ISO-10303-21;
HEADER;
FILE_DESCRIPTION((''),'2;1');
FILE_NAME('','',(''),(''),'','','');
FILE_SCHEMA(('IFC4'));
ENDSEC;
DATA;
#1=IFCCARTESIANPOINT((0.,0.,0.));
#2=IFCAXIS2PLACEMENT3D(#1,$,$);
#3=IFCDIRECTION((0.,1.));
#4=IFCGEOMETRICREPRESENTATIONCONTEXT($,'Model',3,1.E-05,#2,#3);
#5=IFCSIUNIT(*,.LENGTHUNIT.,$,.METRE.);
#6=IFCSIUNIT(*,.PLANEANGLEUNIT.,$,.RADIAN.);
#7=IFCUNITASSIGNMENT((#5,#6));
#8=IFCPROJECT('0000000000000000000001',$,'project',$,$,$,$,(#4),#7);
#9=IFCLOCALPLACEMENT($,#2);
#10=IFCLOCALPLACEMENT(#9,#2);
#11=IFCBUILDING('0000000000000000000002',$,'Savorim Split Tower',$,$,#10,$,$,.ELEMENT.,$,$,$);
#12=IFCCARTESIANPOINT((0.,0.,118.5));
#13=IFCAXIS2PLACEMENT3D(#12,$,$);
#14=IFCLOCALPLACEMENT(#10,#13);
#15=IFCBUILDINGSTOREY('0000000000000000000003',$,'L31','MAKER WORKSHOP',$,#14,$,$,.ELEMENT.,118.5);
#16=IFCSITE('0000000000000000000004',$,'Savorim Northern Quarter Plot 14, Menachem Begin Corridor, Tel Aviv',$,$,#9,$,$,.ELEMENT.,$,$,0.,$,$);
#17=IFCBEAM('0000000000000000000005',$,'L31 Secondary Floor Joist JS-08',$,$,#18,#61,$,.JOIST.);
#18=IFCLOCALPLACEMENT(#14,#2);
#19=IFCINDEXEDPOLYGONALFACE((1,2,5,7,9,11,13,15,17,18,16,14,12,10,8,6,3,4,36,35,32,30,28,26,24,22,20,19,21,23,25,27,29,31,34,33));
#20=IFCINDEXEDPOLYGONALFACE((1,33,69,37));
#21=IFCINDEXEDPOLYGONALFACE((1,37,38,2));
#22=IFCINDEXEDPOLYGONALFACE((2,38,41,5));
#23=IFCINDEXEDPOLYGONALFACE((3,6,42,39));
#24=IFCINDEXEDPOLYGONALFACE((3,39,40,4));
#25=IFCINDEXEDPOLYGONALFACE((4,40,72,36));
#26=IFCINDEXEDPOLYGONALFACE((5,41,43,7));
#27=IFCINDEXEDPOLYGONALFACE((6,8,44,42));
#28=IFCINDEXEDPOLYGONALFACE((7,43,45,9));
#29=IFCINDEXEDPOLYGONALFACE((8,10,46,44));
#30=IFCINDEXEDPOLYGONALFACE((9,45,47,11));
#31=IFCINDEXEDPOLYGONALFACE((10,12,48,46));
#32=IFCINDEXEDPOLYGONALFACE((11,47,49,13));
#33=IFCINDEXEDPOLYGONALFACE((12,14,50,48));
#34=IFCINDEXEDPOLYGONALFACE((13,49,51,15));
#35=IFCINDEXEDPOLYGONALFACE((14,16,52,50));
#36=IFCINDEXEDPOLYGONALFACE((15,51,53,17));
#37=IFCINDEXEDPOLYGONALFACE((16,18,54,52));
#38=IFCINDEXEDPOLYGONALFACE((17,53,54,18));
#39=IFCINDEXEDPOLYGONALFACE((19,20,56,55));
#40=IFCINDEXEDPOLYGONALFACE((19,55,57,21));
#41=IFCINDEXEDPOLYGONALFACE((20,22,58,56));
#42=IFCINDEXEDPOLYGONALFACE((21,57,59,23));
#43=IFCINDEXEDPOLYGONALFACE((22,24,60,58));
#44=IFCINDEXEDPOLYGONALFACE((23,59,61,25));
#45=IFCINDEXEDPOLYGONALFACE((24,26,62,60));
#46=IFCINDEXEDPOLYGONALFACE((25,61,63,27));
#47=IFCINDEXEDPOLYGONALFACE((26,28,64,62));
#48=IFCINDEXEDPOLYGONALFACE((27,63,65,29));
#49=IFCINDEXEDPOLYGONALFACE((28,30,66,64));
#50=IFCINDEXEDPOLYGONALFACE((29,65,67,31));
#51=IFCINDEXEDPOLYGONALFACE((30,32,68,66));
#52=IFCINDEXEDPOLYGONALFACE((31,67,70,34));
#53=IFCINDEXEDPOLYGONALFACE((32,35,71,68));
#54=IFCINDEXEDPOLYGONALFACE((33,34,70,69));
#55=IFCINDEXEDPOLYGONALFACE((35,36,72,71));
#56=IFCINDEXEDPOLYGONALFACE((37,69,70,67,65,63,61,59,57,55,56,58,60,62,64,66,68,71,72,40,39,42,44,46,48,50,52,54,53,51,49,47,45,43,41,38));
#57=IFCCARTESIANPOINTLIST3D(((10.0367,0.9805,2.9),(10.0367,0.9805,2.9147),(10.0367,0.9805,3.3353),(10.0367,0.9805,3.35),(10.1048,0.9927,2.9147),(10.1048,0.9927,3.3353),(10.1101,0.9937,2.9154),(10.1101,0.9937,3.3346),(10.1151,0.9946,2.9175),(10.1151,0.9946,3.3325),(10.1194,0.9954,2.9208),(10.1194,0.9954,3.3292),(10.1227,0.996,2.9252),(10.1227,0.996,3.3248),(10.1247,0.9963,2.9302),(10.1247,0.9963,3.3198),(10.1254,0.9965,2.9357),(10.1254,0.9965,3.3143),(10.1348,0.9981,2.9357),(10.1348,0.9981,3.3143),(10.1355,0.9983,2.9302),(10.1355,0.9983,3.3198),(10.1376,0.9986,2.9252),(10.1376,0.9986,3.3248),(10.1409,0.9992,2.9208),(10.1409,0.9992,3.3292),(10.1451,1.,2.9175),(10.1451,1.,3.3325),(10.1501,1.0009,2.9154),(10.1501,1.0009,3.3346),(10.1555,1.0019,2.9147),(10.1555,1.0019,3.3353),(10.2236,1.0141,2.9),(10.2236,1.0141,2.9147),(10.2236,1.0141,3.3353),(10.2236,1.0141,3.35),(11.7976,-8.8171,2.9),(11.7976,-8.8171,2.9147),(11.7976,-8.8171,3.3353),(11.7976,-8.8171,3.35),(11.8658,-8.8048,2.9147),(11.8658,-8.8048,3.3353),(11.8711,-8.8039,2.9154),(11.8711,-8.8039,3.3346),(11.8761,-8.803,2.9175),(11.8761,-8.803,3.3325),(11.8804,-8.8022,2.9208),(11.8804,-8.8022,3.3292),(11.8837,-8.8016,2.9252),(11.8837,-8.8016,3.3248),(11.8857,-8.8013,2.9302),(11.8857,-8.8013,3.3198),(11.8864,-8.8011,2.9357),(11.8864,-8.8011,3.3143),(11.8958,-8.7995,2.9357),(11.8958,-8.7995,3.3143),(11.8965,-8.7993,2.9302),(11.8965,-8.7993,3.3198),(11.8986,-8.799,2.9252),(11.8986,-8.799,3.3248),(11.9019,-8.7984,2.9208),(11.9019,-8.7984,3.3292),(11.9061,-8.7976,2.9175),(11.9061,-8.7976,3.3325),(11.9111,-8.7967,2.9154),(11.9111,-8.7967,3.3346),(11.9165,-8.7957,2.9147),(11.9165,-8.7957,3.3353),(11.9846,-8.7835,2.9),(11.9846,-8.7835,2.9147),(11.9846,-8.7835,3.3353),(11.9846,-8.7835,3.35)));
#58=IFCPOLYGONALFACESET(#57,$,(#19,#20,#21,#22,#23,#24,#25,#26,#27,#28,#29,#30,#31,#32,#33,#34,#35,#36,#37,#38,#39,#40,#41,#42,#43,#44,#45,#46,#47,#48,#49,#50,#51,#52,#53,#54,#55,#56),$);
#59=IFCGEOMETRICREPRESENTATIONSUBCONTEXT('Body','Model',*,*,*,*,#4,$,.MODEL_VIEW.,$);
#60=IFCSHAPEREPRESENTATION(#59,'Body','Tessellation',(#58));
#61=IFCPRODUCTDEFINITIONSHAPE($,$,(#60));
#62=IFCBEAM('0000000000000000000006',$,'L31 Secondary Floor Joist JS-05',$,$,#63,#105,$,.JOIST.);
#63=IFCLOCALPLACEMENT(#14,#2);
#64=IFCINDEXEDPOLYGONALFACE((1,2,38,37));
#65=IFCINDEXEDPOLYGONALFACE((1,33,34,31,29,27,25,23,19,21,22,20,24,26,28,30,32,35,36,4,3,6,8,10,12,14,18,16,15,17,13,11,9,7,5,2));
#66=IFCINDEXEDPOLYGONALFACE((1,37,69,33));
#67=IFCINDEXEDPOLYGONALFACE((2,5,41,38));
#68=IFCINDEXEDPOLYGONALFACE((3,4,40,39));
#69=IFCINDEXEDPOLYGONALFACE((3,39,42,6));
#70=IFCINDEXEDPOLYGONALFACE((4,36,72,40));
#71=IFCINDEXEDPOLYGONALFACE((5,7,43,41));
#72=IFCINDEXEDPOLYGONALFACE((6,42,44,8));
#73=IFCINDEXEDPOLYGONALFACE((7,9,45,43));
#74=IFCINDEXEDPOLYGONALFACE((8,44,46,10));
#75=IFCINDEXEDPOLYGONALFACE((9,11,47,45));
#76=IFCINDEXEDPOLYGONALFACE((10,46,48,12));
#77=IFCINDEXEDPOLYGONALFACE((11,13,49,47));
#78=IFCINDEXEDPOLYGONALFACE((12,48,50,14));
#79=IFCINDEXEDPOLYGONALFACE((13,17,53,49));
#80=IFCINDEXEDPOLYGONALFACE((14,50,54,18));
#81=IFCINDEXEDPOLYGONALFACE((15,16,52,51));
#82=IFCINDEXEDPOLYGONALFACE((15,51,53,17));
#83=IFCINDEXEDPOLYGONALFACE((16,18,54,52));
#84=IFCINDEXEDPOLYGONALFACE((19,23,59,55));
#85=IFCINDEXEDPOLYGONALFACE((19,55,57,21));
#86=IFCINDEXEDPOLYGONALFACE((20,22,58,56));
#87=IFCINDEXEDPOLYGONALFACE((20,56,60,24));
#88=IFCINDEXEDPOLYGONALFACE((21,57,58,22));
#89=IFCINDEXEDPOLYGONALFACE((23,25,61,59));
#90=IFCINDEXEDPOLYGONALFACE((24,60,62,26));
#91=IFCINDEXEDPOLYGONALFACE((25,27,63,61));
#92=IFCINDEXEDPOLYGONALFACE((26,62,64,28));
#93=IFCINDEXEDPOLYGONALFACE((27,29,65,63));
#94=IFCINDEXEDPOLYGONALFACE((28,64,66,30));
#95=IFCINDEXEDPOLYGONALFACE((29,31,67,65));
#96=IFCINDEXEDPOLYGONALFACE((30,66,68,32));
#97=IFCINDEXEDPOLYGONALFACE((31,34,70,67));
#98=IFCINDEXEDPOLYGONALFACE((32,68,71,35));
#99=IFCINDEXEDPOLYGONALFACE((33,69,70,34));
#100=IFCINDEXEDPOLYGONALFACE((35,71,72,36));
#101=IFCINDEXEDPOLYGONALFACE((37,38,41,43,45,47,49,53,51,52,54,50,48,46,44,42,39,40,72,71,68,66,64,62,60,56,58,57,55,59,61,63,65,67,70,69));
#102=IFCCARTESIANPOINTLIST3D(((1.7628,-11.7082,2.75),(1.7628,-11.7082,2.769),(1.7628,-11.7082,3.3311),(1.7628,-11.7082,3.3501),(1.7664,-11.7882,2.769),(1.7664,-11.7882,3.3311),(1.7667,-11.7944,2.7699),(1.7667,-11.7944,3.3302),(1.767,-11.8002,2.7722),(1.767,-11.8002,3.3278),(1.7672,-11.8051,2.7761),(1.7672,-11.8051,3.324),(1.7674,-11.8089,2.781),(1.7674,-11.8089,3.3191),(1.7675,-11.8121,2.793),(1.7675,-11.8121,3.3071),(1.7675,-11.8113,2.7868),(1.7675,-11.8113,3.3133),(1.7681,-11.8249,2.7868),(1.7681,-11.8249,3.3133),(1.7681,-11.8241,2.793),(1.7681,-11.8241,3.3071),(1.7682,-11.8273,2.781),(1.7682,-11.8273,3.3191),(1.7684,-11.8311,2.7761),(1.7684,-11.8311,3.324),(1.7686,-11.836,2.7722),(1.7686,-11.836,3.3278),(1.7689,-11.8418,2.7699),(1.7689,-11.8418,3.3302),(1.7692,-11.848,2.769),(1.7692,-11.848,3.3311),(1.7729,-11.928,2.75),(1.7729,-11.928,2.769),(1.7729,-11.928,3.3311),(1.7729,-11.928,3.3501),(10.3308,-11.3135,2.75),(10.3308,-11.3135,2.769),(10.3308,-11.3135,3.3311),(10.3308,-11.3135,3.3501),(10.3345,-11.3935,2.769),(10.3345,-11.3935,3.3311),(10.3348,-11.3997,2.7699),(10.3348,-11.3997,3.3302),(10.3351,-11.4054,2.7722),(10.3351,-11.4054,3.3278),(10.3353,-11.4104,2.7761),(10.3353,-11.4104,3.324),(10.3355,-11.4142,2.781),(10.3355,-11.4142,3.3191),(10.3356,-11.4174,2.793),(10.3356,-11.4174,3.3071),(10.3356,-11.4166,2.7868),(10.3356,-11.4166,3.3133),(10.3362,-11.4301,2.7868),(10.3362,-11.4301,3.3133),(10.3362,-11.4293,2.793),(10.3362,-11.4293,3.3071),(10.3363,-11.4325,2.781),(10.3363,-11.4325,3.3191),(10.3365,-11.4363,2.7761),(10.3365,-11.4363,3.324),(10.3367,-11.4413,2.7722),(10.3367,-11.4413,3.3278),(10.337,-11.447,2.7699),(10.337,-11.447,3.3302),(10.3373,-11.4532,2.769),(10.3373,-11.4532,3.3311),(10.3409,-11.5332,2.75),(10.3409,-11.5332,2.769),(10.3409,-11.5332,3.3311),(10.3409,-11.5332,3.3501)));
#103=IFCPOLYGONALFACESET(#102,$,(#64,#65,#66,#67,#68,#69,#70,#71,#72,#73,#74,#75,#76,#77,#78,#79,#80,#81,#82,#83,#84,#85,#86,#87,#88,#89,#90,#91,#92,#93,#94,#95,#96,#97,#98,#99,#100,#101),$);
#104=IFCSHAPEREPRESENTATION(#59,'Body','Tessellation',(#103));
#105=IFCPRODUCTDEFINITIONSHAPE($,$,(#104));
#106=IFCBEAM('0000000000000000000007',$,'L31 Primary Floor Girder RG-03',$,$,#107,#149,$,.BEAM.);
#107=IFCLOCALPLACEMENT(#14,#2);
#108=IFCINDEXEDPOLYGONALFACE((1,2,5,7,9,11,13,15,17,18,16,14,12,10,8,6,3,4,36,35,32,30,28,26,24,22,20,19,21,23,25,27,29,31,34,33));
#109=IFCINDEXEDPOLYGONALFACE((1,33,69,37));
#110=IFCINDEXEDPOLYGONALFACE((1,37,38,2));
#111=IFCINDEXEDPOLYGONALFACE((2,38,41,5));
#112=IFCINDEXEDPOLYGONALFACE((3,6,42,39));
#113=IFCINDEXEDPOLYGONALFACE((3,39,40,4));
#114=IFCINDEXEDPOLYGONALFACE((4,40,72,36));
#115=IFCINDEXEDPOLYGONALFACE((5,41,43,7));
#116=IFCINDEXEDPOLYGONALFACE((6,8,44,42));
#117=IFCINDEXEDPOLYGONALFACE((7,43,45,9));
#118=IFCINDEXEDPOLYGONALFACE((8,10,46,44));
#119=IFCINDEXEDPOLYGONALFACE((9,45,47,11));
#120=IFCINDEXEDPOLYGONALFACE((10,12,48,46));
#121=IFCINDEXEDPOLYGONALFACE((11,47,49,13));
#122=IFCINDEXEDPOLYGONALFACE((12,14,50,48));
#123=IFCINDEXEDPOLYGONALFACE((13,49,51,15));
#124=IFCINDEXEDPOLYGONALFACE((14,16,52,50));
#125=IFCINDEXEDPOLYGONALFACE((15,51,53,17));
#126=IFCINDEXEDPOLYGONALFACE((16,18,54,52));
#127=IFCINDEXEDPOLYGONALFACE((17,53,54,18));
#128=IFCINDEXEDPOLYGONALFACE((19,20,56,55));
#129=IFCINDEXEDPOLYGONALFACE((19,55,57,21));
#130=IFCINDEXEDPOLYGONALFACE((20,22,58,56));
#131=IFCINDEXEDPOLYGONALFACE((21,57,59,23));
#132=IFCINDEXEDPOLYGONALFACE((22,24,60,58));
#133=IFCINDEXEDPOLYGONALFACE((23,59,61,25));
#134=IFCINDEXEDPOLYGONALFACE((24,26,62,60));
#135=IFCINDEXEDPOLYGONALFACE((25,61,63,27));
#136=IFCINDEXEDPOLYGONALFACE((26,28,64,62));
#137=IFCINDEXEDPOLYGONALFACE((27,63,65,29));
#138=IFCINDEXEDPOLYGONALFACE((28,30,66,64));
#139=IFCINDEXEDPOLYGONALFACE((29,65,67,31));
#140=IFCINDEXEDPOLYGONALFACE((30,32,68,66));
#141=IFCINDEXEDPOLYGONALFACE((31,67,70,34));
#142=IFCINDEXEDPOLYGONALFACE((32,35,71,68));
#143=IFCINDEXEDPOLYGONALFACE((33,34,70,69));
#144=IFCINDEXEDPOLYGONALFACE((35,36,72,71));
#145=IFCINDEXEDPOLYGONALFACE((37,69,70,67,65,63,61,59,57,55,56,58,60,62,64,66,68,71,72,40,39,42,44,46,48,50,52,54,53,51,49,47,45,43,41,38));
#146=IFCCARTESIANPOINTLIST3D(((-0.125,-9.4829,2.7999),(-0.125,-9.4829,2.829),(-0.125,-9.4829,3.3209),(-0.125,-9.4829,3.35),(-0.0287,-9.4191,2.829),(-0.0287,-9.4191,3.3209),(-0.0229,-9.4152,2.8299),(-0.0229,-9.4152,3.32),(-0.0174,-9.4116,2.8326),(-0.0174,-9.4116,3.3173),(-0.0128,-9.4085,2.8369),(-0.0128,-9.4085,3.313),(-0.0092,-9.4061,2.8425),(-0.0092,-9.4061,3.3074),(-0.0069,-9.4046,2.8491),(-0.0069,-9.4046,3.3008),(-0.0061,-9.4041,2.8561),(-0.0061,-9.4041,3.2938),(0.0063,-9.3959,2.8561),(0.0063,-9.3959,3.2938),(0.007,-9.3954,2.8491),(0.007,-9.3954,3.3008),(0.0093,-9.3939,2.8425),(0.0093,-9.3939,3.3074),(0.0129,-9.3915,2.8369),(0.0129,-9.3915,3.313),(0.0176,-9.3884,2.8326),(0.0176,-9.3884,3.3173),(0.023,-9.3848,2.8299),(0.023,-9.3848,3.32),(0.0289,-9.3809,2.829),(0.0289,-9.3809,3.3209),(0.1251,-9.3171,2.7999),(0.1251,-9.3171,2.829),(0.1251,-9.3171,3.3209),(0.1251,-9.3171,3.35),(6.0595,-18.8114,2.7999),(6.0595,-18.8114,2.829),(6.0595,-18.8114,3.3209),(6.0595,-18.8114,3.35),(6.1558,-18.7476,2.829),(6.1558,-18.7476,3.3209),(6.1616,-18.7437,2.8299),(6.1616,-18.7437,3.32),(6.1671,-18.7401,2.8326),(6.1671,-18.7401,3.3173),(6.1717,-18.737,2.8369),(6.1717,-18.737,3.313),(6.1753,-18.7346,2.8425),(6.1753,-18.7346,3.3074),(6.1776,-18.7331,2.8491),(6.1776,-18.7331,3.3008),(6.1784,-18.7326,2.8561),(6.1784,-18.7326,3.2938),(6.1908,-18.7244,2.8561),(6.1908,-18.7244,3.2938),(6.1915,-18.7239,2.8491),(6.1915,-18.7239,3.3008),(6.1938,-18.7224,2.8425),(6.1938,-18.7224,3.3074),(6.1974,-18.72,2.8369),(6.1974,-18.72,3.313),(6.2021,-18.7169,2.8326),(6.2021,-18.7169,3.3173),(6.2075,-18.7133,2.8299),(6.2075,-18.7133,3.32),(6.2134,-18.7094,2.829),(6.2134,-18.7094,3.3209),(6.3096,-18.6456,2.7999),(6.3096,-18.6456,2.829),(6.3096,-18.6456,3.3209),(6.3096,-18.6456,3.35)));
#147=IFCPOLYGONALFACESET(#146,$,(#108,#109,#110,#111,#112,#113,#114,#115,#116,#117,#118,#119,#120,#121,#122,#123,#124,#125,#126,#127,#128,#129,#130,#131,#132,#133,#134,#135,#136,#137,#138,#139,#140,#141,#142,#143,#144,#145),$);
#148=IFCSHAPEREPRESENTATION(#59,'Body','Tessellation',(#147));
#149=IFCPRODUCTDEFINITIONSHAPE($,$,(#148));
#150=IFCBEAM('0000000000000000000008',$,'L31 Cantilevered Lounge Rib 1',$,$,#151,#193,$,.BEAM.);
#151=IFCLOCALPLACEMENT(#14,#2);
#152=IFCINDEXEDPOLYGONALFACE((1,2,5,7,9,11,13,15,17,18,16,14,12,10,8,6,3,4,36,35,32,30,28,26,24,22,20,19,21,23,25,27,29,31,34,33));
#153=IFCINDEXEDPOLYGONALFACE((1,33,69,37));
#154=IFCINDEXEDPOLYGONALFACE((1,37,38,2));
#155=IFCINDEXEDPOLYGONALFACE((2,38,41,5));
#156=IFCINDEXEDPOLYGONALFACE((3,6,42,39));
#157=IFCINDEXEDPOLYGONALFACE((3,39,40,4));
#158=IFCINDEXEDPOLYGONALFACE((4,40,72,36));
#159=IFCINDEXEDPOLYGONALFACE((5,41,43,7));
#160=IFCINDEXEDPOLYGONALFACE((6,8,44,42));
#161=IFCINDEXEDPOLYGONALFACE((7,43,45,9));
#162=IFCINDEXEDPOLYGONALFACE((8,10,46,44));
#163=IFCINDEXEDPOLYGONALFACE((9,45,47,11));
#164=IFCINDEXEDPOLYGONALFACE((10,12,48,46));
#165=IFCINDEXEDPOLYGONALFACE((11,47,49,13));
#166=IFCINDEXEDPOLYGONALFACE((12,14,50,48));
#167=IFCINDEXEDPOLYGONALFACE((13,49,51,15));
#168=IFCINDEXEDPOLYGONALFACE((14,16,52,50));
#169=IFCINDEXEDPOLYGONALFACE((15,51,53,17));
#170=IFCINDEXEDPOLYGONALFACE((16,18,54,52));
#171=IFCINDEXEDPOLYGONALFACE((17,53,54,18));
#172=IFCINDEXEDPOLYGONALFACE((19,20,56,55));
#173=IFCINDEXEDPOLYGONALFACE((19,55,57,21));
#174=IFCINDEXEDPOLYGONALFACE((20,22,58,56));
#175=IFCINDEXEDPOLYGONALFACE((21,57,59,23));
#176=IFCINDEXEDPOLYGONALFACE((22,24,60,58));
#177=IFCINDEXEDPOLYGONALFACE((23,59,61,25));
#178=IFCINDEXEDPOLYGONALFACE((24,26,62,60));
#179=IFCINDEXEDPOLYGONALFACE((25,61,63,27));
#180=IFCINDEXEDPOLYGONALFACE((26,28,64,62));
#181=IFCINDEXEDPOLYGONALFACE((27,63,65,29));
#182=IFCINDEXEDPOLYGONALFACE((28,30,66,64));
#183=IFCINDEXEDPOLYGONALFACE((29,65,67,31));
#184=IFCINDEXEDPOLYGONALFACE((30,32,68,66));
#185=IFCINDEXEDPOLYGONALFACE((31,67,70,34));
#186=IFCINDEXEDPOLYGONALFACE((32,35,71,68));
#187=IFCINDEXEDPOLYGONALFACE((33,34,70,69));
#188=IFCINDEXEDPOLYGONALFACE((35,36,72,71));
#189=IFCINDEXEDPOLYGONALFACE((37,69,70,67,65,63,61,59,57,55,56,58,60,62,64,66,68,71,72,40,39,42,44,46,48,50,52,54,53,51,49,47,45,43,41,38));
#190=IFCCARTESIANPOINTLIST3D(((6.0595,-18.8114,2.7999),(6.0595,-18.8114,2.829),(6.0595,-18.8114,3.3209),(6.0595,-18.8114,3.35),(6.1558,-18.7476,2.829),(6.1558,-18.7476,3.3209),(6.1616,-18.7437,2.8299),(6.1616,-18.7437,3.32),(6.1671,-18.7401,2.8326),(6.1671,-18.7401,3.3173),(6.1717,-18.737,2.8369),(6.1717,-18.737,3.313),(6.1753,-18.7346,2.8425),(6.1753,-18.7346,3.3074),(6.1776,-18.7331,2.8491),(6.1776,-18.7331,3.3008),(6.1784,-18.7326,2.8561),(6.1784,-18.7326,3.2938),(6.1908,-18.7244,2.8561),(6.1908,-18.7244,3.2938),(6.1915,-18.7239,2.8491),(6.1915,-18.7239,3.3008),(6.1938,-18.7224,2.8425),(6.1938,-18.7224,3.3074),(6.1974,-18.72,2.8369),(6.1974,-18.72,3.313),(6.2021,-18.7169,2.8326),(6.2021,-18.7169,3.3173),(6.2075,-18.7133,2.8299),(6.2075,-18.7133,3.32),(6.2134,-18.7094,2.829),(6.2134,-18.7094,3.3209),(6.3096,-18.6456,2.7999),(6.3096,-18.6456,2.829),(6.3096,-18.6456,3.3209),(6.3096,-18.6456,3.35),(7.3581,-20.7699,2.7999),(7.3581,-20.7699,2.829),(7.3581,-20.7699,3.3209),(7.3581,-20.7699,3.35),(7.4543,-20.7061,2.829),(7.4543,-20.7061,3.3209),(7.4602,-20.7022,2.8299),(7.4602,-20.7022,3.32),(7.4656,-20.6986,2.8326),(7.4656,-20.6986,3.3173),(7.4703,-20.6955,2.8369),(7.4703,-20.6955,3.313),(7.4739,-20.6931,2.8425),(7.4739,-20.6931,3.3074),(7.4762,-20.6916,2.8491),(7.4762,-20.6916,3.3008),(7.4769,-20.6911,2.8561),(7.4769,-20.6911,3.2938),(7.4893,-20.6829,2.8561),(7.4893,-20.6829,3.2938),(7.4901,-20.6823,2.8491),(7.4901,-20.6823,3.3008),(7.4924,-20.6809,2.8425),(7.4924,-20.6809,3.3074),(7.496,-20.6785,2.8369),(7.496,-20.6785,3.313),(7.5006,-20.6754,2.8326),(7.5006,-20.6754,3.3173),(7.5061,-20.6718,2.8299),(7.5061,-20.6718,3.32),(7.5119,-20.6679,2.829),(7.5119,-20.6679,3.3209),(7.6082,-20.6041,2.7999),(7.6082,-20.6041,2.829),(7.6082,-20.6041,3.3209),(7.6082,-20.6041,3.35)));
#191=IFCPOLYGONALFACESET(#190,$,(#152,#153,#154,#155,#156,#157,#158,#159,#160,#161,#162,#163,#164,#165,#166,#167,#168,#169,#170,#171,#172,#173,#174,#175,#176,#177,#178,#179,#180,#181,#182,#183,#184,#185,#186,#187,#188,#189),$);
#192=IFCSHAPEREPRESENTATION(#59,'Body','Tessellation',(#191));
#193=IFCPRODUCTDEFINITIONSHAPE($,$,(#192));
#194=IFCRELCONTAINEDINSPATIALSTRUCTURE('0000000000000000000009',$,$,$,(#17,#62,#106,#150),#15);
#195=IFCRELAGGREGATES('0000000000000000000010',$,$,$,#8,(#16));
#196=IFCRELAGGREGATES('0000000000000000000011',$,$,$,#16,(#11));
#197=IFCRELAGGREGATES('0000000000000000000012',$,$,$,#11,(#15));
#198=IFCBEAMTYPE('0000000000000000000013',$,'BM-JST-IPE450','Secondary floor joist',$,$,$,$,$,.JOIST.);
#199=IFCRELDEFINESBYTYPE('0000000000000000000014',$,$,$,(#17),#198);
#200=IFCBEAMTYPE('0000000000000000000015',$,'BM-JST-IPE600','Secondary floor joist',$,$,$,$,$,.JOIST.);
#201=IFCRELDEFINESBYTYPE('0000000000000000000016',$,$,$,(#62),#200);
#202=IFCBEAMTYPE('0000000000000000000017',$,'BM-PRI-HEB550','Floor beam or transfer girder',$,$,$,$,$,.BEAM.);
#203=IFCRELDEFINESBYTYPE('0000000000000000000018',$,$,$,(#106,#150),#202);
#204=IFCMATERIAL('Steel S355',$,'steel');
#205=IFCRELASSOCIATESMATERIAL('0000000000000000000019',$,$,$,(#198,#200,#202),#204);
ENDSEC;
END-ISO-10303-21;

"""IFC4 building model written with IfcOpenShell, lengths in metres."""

from ifc_helpers import new_model, si_unit, direction, frame, origin, origin_2d, place, context, subcontext, project, spatial, i_section, extrude, material, material_profile, profile_set, type_object, element, save


model = new_model("IFC4")

# Units and contexts
model_context = context("Model", 3, precision=1e-05, world=origin(), true_north=direction((0.0, 1.0)))
body_context = subcontext(model_context, "Body", "Model", "MODEL_VIEW")
ifc_project = project(units=[si_unit("LENGTHUNIT", "METRE"), si_unit("PLANEANGLEUNIT", "RADIAN")], contexts=[model_context])

# Site, building, storey
site_placement = place(None, origin())
site = spatial("IfcSite", under=ifc_project, at=site_placement, Name="Savorim Northern Quarter Plot 14, Menachem Begin Corridor, Tel Aviv", CompositionType="ELEMENT", RefElevation=0.0)
building_placement = place(site_placement, origin())
building = spatial("IfcBuilding", under=site, at=building_placement, Name="Savorim Split Tower", CompositionType="ELEMENT")
storey_placement = place(building_placement, frame((0.0, 0.0, 118.5)))
storey = spatial("IfcBuildingStorey", under=building, at=storey_placement, Name="L31", Description="MAKER WORKSHOP", CompositionType="ELEMENT", Elevation=118.5)

# Beams
ifc_material_1 = material(Name="Steel S355", Category="steel")
ifc_material_profile_1 = material_profile(ifc_material_1, i_section(OverallWidth=0.1899, OverallDepth=0.45, WebThickness=0.0095, FlangeThickness=0.0146, FilletRadius=0.021, at=origin_2d()), Name="IPE 450")
ifc_profile_set_1 = profile_set([ifc_material_profile_1], Name="Steel S355")
beam_type_1 = type_object("IfcBeamType", Name="BM-JST-IPE450", Description="Secondary floor joist", PredefinedType="JOIST", material=ifc_profile_set_1)
beam_1_placement = place(storey_placement, frame((11.8911, -8.8003, 3.125), z_axis=(-0.176902, 0.984229, 0.0), x_axis=(-0.984229, -0.176902, 0.0)))
element("IfcBeam", 1, at=beam_1_placement, inside=storey, type_object=beam_type_1, Name="L31 Secondary Floor Joist JS-08", PredefinedType="JOIST", context=body_context, shape_type="SweptSolid", body=[
    extrude(i_section(OverallWidth=0.1899, OverallDepth=0.45, WebThickness=0.0095, FlangeThickness=0.0146, FilletRadius=0.021, at=origin_2d()), origin(), (0.0, 0.0, 1.0), 9.9546),
])
ifc_material_profile_2 = material_profile(ifc_material_1, i_section(OverallWidth=0.22, OverallDepth=0.6001, WebThickness=0.012, FlangeThickness=0.019, FilletRadius=0.0239, at=origin_2d()), Name="IPE 600")
ifc_profile_set_2 = profile_set([ifc_material_profile_2], Name="Steel S355")
beam_type_2 = type_object("IfcBeamType", Name="BM-JST-IPE600", Description="Secondary floor joist", PredefinedType="JOIST", material=ifc_profile_set_2)
beam_2_placement = place(storey_placement, frame((1.7678, -11.8181, 3.05), z_axis=(0.99894, 0.046026, 0.0), x_axis=(-0.046026, 0.99894, 0.0)))
element("IfcBeam", 2, at=beam_2_placement, inside=storey, type_object=beam_type_2, Name="L31 Secondary Floor Joist JS-05", PredefinedType="JOIST", context=body_context, shape_type="SweptSolid", body=[
    extrude(i_section(OverallWidth=0.22, OverallDepth=0.6001, WebThickness=0.012, FlangeThickness=0.019, FilletRadius=0.0239, at=origin_2d()), origin(), (0.0, 0.0, 1.0), 8.5771),
])
ifc_material_profile_3 = material_profile(ifc_material_1, i_section(OverallWidth=0.3, OverallDepth=0.55, WebThickness=0.0149, FlangeThickness=0.0291, FilletRadius=0.0271, at=origin_2d()), Name="HEB 550")
ifc_profile_set_3 = profile_set([ifc_material_profile_3], Name="Steel S355")
beam_type_3 = type_object("IfcBeamType", Name="BM-PRI-HEB550", Description="Floor beam or transfer girder", PredefinedType="BEAM", material=ifc_profile_set_3)
beam_3_placement = place(storey_placement, frame((6.1846, -18.7285, 3.075), z_axis=(-0.552564, 0.83347, 0.0), x_axis=(-0.83347, -0.552564, 0.0)))
element("IfcBeam", 3, at=beam_3_placement, inside=storey, type_object=beam_type_3, Name="L31 Primary Floor Girder RG-03", PredefinedType="BEAM", context=body_context, shape_type="SweptSolid", body=[
    extrude(i_section(OverallWidth=0.3, OverallDepth=0.55, WebThickness=0.0149, FlangeThickness=0.0291, FilletRadius=0.0271, at=origin_2d()), origin(), (0.0, 0.0, 1.0), 11.1924),
])
beam_4_placement = place(storey_placement, frame((6.1846, -18.7285, 3.075), z_axis=(0.552613, -0.833438, 0.0), x_axis=(0.833438, 0.552613, 0.0)))
element("IfcBeam", 4, at=beam_4_placement, inside=storey, type_object=beam_type_3, Name="L31 Cantilevered Lounge Rib 1", PredefinedType="BEAM", context=body_context, shape_type="SweptSolid", body=[
    extrude(i_section(OverallWidth=0.3, OverallDepth=0.55, WebThickness=0.0149, FlangeThickness=0.0291, FilletRadius=0.0271, at=origin_2d()), origin(), (0.0, 0.0, 1.0), 2.3499),
])

save(model, "model.ifc")
